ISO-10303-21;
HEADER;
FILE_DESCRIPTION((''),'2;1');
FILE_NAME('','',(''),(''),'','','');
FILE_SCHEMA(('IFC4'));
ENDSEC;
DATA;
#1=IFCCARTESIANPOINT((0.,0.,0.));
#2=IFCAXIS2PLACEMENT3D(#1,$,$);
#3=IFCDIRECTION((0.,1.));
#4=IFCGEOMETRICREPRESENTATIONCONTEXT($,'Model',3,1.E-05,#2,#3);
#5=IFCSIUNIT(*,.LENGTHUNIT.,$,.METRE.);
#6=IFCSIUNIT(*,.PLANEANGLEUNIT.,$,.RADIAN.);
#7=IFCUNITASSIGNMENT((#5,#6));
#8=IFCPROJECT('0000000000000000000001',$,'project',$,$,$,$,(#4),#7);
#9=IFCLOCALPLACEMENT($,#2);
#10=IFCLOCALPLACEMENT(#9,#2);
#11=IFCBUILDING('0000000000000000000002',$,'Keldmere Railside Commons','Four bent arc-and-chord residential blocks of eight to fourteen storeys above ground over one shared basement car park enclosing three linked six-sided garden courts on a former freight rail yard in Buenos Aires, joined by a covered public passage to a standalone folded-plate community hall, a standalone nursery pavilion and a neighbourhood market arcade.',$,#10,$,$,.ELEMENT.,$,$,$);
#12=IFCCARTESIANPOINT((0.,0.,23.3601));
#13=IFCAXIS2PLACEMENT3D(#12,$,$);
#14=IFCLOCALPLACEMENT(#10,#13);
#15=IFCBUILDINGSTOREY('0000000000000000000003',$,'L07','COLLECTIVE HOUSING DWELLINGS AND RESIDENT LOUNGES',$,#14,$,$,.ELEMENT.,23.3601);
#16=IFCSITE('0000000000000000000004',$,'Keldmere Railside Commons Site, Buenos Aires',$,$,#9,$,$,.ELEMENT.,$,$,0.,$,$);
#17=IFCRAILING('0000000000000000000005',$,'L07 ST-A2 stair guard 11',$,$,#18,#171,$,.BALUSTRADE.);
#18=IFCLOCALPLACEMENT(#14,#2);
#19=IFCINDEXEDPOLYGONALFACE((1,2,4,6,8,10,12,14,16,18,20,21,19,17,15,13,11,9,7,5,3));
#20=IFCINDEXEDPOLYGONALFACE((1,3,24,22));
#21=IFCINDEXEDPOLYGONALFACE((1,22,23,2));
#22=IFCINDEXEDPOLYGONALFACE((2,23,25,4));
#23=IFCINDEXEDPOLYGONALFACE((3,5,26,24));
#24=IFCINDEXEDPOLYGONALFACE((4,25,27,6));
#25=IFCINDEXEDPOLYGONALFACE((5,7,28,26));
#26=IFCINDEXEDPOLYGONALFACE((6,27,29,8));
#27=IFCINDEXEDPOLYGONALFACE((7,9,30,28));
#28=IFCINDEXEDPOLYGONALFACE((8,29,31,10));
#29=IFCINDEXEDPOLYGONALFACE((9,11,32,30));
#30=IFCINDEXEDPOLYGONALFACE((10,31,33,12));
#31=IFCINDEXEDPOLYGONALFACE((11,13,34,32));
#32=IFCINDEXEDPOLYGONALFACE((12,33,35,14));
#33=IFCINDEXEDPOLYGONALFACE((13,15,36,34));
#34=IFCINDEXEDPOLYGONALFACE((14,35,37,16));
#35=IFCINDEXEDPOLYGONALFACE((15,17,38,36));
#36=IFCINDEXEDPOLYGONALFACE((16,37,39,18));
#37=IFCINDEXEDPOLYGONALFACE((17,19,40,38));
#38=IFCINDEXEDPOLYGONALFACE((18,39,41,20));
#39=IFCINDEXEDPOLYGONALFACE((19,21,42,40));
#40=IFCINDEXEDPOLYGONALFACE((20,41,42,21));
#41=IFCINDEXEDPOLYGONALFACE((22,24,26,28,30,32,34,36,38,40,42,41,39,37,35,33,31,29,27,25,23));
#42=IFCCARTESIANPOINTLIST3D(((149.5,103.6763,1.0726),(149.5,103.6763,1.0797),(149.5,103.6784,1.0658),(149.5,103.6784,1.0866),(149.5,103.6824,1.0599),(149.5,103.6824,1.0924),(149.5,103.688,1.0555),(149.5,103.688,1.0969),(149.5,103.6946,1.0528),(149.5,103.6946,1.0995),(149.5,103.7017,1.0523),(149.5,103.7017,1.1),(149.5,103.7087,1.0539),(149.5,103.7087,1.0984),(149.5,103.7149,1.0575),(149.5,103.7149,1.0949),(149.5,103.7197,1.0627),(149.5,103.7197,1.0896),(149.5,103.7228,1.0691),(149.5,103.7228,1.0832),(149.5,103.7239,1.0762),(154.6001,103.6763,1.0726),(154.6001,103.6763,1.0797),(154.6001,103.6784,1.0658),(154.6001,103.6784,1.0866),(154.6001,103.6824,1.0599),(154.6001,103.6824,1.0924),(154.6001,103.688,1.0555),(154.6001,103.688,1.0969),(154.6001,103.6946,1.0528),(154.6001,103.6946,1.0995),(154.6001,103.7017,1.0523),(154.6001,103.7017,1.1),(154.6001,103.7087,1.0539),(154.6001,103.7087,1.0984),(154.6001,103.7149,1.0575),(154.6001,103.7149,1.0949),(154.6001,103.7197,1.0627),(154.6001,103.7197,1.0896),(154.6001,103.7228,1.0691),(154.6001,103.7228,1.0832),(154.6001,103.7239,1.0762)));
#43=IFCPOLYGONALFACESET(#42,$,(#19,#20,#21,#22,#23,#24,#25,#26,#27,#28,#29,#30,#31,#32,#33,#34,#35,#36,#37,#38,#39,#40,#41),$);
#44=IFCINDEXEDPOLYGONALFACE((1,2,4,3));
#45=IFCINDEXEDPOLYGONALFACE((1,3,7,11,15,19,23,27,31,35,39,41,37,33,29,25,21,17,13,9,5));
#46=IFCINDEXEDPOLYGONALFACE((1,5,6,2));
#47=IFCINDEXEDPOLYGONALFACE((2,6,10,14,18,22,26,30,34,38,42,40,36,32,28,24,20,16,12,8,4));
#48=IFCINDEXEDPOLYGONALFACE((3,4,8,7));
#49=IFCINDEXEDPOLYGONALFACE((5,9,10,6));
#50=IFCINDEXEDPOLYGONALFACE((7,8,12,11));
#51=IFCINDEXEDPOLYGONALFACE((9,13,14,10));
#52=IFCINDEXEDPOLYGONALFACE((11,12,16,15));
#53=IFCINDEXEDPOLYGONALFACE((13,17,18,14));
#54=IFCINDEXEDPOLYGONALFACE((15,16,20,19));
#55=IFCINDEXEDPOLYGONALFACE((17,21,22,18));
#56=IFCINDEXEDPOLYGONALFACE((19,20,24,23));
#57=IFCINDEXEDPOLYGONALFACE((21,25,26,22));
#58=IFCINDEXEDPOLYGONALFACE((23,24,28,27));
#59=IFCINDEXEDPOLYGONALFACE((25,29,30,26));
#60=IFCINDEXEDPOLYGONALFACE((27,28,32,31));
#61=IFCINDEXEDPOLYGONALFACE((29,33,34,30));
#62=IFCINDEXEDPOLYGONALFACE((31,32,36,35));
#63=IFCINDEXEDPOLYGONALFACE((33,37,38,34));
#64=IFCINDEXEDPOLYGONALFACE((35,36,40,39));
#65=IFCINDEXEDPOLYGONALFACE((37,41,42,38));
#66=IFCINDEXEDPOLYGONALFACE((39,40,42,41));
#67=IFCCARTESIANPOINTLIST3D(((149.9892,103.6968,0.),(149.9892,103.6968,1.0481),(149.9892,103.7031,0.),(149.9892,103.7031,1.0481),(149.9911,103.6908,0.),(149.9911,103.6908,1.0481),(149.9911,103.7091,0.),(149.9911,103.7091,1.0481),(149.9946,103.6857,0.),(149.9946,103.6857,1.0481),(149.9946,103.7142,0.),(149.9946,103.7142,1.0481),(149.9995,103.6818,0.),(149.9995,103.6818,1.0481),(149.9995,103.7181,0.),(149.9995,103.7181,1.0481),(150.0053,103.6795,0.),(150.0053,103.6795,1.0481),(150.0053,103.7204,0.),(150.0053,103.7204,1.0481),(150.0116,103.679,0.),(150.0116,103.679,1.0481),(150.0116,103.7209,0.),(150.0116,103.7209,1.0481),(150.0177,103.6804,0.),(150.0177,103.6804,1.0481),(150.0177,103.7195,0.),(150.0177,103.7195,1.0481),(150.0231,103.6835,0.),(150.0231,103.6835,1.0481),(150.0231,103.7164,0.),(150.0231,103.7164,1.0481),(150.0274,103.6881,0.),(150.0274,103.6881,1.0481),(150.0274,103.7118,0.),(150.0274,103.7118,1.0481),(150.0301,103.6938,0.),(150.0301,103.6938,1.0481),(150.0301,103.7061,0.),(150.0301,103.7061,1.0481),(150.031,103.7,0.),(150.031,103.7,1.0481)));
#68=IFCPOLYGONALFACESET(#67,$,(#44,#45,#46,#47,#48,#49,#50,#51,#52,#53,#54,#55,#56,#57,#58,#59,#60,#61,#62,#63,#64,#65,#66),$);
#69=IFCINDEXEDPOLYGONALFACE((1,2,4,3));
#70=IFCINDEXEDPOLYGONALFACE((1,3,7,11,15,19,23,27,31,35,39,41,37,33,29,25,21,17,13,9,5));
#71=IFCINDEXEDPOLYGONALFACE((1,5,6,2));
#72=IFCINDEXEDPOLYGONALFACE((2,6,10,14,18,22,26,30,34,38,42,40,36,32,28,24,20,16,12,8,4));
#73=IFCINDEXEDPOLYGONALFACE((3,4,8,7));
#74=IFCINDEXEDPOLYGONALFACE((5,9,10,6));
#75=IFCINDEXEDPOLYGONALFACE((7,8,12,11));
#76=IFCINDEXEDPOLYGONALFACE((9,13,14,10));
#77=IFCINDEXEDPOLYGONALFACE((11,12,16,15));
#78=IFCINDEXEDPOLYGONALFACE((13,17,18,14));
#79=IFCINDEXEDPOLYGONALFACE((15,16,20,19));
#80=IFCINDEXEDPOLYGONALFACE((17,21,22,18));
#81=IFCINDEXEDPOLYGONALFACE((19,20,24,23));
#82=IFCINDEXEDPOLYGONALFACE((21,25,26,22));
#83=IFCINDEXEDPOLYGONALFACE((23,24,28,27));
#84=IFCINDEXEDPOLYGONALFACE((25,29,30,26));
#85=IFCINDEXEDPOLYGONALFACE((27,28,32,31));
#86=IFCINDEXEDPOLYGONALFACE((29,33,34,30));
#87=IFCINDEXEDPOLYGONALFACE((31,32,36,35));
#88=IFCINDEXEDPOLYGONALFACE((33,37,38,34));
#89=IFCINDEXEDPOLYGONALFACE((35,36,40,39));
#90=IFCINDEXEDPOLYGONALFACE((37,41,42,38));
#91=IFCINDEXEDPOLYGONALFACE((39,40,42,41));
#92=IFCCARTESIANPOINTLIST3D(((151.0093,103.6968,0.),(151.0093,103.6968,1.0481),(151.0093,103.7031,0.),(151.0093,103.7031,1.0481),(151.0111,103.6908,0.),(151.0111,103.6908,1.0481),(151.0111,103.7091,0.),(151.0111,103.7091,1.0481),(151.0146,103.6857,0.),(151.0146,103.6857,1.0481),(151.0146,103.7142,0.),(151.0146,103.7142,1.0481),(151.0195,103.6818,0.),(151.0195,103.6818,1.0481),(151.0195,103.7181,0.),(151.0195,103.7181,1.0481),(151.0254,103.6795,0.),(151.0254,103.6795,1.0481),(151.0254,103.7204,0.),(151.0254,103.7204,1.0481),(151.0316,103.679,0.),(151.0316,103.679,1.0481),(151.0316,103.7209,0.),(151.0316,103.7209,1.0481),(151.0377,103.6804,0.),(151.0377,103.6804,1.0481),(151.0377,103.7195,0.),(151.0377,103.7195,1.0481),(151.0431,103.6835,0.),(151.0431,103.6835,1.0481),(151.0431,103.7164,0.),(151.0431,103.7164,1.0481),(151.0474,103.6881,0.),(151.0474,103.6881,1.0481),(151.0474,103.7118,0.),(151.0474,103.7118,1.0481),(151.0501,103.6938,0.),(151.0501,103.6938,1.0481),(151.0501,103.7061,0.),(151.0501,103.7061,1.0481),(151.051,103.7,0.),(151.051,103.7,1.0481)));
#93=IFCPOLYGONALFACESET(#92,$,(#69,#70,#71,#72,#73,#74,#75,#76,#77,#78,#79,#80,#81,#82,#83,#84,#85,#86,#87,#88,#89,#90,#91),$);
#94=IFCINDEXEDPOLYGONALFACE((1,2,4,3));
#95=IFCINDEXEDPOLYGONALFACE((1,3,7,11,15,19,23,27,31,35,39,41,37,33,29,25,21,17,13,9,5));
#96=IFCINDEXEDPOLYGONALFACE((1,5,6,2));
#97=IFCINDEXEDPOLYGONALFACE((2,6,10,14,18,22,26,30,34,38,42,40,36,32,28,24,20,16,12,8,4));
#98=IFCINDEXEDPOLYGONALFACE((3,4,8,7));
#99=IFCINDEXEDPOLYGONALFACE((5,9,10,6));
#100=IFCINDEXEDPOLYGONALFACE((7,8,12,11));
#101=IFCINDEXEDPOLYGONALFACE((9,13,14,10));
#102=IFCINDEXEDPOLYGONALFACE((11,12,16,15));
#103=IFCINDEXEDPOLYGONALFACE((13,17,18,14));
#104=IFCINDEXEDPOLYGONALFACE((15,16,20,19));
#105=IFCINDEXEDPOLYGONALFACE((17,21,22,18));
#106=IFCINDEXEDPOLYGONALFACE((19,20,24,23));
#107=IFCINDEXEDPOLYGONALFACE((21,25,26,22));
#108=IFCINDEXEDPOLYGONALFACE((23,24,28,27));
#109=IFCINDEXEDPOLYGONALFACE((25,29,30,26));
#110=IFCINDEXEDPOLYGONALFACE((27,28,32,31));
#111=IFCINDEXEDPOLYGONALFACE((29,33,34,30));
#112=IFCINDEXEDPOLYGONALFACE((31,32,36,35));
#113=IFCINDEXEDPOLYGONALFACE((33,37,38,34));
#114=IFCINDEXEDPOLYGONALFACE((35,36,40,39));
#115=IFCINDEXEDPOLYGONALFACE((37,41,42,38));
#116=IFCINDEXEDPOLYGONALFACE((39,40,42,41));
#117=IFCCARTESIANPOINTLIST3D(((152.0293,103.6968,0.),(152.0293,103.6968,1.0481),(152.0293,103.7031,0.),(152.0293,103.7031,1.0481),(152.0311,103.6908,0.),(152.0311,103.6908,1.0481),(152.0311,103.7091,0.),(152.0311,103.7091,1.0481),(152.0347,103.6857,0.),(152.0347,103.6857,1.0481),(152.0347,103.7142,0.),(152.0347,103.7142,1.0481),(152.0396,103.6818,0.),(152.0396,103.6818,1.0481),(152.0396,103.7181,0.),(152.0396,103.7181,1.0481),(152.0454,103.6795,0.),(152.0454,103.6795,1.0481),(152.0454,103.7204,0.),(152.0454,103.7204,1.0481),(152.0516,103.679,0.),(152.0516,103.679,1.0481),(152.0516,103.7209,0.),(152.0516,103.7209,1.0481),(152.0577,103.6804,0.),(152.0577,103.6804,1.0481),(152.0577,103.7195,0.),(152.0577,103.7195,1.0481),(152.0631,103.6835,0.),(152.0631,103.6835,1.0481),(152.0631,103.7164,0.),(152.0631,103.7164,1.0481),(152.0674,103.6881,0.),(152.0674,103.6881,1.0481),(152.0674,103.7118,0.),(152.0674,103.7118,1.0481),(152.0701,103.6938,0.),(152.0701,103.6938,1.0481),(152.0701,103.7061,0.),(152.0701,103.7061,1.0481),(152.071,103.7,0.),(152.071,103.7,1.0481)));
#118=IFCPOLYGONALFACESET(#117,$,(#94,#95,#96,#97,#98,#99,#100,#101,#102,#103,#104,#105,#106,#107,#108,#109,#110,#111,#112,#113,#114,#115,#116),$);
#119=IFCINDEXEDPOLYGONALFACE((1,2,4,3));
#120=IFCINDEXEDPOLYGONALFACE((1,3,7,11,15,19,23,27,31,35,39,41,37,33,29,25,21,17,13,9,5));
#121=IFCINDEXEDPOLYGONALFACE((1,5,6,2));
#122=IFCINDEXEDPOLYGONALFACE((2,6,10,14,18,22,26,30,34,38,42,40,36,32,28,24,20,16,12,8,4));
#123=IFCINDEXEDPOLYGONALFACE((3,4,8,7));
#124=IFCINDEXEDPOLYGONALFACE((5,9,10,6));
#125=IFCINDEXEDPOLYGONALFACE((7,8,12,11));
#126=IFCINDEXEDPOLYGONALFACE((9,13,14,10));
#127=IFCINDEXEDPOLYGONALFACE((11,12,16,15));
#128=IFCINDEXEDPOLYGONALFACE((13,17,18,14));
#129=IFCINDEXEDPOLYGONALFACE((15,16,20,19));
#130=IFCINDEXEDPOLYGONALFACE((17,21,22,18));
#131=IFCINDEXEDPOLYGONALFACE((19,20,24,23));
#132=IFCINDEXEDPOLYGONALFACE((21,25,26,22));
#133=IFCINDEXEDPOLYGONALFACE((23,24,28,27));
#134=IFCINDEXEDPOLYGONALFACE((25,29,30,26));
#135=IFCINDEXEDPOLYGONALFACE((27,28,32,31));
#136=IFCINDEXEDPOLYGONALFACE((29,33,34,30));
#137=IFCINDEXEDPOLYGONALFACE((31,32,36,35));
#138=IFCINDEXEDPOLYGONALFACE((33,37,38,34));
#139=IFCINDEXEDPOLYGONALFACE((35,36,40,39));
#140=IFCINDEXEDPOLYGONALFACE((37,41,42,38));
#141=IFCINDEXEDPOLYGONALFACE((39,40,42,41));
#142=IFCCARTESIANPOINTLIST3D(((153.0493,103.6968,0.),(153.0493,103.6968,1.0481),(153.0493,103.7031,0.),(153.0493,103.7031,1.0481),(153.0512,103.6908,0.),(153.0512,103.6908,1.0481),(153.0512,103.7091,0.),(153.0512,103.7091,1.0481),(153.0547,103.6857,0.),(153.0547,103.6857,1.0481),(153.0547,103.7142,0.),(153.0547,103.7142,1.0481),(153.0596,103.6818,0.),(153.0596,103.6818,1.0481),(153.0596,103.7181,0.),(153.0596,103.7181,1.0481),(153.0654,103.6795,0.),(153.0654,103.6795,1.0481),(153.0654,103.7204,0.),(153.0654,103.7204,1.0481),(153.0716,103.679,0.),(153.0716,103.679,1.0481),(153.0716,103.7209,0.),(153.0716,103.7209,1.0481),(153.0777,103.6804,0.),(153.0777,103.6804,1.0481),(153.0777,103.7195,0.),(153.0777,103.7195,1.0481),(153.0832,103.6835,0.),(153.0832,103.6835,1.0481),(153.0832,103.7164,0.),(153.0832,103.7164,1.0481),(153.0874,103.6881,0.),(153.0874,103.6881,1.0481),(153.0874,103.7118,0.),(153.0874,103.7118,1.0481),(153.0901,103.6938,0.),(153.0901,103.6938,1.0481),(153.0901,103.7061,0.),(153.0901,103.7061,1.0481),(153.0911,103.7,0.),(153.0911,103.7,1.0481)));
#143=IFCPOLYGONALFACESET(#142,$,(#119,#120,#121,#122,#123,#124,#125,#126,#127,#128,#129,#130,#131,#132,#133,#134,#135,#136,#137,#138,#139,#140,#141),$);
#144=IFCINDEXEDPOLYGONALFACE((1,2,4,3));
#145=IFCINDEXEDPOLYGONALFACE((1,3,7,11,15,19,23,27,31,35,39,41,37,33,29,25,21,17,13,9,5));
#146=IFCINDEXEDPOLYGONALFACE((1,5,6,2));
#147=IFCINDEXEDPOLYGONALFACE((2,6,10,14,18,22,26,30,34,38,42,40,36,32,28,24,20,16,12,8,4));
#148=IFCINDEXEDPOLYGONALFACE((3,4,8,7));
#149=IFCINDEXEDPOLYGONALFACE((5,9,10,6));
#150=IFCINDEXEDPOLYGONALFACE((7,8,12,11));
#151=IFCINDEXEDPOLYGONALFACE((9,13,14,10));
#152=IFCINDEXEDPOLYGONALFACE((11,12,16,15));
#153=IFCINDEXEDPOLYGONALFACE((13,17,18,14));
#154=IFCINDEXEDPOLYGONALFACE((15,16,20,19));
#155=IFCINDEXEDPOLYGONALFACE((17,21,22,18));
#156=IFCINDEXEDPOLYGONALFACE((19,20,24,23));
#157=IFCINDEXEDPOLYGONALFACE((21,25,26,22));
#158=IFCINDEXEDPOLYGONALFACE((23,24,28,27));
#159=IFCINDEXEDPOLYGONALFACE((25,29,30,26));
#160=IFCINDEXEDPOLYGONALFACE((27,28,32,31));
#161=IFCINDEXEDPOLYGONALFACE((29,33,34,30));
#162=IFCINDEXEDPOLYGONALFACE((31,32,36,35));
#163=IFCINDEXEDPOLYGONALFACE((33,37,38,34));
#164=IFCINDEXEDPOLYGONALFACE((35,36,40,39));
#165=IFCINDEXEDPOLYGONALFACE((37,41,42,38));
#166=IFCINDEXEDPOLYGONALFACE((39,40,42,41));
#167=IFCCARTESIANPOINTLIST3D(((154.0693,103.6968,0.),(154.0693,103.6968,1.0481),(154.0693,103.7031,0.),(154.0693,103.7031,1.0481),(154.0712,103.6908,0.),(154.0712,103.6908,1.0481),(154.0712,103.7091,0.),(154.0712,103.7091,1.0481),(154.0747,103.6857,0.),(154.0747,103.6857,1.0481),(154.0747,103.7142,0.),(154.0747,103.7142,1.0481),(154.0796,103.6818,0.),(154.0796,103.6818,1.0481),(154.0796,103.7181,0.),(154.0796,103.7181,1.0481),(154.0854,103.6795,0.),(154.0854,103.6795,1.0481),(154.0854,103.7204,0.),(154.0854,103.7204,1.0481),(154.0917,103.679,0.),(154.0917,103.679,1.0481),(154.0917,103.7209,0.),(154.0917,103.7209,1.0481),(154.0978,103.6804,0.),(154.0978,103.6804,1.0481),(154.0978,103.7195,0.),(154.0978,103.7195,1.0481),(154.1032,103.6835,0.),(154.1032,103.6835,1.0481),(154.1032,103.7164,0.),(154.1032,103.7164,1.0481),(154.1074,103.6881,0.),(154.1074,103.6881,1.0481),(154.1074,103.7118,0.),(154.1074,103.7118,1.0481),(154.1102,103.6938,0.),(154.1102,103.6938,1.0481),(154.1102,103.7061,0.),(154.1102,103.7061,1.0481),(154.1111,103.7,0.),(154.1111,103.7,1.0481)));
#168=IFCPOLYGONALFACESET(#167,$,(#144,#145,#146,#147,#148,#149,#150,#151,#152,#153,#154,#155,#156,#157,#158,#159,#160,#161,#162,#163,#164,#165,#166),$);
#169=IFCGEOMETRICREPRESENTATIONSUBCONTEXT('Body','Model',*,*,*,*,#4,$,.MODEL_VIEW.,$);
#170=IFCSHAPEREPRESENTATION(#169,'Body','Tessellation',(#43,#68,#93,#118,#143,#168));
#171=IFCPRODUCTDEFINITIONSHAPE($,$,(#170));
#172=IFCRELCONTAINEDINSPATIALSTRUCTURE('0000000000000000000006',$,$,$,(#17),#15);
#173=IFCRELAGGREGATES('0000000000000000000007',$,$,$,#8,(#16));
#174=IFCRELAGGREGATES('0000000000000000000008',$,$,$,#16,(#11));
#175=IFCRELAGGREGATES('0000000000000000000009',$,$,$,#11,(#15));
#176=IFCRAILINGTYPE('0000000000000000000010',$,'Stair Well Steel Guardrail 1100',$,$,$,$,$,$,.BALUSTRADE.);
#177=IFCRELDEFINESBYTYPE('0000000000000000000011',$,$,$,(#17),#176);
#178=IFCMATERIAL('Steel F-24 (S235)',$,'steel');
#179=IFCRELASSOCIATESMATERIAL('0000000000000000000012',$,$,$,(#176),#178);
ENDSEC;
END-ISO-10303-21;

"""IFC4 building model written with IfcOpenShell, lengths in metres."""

from ifc_helpers import new_model, si_unit, direction, frame, origin, origin_2d, place, context, subcontext, project, spatial, circle, extrude, material, type_object, element, save


model = new_model("IFC4")

# Units and contexts
model_context = context("Model", 3, precision=1e-05, world=origin(), true_north=direction((0.0, 1.0)))
body_context = subcontext(model_context, "Body", "Model", "MODEL_VIEW")
ifc_project = project(units=[si_unit("LENGTHUNIT", "METRE"), si_unit("PLANEANGLEUNIT", "RADIAN")], contexts=[model_context])

# Site, building, storey
site_placement = place(None, origin())
site = spatial("IfcSite", under=ifc_project, at=site_placement, Name="Keldmere Railside Commons Site, Buenos Aires", CompositionType="ELEMENT", RefElevation=0.0)
building_placement = place(site_placement, origin())
building = spatial("IfcBuilding", under=site, at=building_placement, Name="Keldmere Railside Commons", Description="Four bent arc-and-chord residential blocks of eight to fourteen storeys above ground over one shared basement car park enclosing three linked six-sided garden courts on a former freight rail yard in Buenos Aires, joined by a covered public passage to a standalone folded-plate community hall, a standalone nursery pavilion and a neighbourhood market arcade.", CompositionType="ELEMENT")
storey_placement = place(building_placement, frame((0.0, 0.0, 23.3601)))
storey = spatial("IfcBuildingStorey", under=building, at=storey_placement, Name="L07", Description="COLLECTIVE HOUSING DWELLINGS AND RESIDENT LOUNGES", CompositionType="ELEMENT", Elevation=23.3601)

# Railing
ifc_material_1 = material(Name="Steel F-24 (S235)", Category="steel")
railing_type_1 = type_object("IfcRailingType", Name="Stair Well Steel Guardrail 1100", PredefinedType="BALUSTRADE", material=ifc_material_1)
for number, where, name in (
    (1, (149.5, 103.7, 0.0), "L07 ST-A2 stair guard 11"),
):
    element("IfcRailing", number, at=place(storey_placement, frame(where)), inside=storey, type_object=railing_type_1, Name=name, PredefinedType="BALUSTRADE", context=body_context, shape_type="SweptSolid", body=[
        extrude(circle(Radius=0.0239, at=origin_2d()), frame((0.0, 0.0, 1.0762), z_axis=(1.0, 0.0, 0.0), x_axis=(0.0, 1.0, 0.0)), (0.0, 0.0, 1.0), 5.1001),
        extrude(circle(Radius=0.021, at=origin_2d()), frame((0.51, 0.0, 0.0)), (0.0, 0.0, 1.0), 1.0481),
        extrude(circle(Radius=0.021, at=origin_2d()), frame((1.53, 0.0, 0.0)), (0.0, 0.0, 1.0), 1.0481),
        extrude(circle(Radius=0.021, at=origin_2d()), frame((2.55, 0.0, 0.0)), (0.0, 0.0, 1.0), 1.0481),
        extrude(circle(Radius=0.021, at=origin_2d()), frame((3.5701, 0.0, 0.0)), (0.0, 0.0, 1.0), 1.0481),
        extrude(circle(Radius=0.021, at=origin_2d()), frame((4.5901, 0.0, 0.0)), (0.0, 0.0, 1.0), 1.0481),
    ])

save(model, "model.ifc")
